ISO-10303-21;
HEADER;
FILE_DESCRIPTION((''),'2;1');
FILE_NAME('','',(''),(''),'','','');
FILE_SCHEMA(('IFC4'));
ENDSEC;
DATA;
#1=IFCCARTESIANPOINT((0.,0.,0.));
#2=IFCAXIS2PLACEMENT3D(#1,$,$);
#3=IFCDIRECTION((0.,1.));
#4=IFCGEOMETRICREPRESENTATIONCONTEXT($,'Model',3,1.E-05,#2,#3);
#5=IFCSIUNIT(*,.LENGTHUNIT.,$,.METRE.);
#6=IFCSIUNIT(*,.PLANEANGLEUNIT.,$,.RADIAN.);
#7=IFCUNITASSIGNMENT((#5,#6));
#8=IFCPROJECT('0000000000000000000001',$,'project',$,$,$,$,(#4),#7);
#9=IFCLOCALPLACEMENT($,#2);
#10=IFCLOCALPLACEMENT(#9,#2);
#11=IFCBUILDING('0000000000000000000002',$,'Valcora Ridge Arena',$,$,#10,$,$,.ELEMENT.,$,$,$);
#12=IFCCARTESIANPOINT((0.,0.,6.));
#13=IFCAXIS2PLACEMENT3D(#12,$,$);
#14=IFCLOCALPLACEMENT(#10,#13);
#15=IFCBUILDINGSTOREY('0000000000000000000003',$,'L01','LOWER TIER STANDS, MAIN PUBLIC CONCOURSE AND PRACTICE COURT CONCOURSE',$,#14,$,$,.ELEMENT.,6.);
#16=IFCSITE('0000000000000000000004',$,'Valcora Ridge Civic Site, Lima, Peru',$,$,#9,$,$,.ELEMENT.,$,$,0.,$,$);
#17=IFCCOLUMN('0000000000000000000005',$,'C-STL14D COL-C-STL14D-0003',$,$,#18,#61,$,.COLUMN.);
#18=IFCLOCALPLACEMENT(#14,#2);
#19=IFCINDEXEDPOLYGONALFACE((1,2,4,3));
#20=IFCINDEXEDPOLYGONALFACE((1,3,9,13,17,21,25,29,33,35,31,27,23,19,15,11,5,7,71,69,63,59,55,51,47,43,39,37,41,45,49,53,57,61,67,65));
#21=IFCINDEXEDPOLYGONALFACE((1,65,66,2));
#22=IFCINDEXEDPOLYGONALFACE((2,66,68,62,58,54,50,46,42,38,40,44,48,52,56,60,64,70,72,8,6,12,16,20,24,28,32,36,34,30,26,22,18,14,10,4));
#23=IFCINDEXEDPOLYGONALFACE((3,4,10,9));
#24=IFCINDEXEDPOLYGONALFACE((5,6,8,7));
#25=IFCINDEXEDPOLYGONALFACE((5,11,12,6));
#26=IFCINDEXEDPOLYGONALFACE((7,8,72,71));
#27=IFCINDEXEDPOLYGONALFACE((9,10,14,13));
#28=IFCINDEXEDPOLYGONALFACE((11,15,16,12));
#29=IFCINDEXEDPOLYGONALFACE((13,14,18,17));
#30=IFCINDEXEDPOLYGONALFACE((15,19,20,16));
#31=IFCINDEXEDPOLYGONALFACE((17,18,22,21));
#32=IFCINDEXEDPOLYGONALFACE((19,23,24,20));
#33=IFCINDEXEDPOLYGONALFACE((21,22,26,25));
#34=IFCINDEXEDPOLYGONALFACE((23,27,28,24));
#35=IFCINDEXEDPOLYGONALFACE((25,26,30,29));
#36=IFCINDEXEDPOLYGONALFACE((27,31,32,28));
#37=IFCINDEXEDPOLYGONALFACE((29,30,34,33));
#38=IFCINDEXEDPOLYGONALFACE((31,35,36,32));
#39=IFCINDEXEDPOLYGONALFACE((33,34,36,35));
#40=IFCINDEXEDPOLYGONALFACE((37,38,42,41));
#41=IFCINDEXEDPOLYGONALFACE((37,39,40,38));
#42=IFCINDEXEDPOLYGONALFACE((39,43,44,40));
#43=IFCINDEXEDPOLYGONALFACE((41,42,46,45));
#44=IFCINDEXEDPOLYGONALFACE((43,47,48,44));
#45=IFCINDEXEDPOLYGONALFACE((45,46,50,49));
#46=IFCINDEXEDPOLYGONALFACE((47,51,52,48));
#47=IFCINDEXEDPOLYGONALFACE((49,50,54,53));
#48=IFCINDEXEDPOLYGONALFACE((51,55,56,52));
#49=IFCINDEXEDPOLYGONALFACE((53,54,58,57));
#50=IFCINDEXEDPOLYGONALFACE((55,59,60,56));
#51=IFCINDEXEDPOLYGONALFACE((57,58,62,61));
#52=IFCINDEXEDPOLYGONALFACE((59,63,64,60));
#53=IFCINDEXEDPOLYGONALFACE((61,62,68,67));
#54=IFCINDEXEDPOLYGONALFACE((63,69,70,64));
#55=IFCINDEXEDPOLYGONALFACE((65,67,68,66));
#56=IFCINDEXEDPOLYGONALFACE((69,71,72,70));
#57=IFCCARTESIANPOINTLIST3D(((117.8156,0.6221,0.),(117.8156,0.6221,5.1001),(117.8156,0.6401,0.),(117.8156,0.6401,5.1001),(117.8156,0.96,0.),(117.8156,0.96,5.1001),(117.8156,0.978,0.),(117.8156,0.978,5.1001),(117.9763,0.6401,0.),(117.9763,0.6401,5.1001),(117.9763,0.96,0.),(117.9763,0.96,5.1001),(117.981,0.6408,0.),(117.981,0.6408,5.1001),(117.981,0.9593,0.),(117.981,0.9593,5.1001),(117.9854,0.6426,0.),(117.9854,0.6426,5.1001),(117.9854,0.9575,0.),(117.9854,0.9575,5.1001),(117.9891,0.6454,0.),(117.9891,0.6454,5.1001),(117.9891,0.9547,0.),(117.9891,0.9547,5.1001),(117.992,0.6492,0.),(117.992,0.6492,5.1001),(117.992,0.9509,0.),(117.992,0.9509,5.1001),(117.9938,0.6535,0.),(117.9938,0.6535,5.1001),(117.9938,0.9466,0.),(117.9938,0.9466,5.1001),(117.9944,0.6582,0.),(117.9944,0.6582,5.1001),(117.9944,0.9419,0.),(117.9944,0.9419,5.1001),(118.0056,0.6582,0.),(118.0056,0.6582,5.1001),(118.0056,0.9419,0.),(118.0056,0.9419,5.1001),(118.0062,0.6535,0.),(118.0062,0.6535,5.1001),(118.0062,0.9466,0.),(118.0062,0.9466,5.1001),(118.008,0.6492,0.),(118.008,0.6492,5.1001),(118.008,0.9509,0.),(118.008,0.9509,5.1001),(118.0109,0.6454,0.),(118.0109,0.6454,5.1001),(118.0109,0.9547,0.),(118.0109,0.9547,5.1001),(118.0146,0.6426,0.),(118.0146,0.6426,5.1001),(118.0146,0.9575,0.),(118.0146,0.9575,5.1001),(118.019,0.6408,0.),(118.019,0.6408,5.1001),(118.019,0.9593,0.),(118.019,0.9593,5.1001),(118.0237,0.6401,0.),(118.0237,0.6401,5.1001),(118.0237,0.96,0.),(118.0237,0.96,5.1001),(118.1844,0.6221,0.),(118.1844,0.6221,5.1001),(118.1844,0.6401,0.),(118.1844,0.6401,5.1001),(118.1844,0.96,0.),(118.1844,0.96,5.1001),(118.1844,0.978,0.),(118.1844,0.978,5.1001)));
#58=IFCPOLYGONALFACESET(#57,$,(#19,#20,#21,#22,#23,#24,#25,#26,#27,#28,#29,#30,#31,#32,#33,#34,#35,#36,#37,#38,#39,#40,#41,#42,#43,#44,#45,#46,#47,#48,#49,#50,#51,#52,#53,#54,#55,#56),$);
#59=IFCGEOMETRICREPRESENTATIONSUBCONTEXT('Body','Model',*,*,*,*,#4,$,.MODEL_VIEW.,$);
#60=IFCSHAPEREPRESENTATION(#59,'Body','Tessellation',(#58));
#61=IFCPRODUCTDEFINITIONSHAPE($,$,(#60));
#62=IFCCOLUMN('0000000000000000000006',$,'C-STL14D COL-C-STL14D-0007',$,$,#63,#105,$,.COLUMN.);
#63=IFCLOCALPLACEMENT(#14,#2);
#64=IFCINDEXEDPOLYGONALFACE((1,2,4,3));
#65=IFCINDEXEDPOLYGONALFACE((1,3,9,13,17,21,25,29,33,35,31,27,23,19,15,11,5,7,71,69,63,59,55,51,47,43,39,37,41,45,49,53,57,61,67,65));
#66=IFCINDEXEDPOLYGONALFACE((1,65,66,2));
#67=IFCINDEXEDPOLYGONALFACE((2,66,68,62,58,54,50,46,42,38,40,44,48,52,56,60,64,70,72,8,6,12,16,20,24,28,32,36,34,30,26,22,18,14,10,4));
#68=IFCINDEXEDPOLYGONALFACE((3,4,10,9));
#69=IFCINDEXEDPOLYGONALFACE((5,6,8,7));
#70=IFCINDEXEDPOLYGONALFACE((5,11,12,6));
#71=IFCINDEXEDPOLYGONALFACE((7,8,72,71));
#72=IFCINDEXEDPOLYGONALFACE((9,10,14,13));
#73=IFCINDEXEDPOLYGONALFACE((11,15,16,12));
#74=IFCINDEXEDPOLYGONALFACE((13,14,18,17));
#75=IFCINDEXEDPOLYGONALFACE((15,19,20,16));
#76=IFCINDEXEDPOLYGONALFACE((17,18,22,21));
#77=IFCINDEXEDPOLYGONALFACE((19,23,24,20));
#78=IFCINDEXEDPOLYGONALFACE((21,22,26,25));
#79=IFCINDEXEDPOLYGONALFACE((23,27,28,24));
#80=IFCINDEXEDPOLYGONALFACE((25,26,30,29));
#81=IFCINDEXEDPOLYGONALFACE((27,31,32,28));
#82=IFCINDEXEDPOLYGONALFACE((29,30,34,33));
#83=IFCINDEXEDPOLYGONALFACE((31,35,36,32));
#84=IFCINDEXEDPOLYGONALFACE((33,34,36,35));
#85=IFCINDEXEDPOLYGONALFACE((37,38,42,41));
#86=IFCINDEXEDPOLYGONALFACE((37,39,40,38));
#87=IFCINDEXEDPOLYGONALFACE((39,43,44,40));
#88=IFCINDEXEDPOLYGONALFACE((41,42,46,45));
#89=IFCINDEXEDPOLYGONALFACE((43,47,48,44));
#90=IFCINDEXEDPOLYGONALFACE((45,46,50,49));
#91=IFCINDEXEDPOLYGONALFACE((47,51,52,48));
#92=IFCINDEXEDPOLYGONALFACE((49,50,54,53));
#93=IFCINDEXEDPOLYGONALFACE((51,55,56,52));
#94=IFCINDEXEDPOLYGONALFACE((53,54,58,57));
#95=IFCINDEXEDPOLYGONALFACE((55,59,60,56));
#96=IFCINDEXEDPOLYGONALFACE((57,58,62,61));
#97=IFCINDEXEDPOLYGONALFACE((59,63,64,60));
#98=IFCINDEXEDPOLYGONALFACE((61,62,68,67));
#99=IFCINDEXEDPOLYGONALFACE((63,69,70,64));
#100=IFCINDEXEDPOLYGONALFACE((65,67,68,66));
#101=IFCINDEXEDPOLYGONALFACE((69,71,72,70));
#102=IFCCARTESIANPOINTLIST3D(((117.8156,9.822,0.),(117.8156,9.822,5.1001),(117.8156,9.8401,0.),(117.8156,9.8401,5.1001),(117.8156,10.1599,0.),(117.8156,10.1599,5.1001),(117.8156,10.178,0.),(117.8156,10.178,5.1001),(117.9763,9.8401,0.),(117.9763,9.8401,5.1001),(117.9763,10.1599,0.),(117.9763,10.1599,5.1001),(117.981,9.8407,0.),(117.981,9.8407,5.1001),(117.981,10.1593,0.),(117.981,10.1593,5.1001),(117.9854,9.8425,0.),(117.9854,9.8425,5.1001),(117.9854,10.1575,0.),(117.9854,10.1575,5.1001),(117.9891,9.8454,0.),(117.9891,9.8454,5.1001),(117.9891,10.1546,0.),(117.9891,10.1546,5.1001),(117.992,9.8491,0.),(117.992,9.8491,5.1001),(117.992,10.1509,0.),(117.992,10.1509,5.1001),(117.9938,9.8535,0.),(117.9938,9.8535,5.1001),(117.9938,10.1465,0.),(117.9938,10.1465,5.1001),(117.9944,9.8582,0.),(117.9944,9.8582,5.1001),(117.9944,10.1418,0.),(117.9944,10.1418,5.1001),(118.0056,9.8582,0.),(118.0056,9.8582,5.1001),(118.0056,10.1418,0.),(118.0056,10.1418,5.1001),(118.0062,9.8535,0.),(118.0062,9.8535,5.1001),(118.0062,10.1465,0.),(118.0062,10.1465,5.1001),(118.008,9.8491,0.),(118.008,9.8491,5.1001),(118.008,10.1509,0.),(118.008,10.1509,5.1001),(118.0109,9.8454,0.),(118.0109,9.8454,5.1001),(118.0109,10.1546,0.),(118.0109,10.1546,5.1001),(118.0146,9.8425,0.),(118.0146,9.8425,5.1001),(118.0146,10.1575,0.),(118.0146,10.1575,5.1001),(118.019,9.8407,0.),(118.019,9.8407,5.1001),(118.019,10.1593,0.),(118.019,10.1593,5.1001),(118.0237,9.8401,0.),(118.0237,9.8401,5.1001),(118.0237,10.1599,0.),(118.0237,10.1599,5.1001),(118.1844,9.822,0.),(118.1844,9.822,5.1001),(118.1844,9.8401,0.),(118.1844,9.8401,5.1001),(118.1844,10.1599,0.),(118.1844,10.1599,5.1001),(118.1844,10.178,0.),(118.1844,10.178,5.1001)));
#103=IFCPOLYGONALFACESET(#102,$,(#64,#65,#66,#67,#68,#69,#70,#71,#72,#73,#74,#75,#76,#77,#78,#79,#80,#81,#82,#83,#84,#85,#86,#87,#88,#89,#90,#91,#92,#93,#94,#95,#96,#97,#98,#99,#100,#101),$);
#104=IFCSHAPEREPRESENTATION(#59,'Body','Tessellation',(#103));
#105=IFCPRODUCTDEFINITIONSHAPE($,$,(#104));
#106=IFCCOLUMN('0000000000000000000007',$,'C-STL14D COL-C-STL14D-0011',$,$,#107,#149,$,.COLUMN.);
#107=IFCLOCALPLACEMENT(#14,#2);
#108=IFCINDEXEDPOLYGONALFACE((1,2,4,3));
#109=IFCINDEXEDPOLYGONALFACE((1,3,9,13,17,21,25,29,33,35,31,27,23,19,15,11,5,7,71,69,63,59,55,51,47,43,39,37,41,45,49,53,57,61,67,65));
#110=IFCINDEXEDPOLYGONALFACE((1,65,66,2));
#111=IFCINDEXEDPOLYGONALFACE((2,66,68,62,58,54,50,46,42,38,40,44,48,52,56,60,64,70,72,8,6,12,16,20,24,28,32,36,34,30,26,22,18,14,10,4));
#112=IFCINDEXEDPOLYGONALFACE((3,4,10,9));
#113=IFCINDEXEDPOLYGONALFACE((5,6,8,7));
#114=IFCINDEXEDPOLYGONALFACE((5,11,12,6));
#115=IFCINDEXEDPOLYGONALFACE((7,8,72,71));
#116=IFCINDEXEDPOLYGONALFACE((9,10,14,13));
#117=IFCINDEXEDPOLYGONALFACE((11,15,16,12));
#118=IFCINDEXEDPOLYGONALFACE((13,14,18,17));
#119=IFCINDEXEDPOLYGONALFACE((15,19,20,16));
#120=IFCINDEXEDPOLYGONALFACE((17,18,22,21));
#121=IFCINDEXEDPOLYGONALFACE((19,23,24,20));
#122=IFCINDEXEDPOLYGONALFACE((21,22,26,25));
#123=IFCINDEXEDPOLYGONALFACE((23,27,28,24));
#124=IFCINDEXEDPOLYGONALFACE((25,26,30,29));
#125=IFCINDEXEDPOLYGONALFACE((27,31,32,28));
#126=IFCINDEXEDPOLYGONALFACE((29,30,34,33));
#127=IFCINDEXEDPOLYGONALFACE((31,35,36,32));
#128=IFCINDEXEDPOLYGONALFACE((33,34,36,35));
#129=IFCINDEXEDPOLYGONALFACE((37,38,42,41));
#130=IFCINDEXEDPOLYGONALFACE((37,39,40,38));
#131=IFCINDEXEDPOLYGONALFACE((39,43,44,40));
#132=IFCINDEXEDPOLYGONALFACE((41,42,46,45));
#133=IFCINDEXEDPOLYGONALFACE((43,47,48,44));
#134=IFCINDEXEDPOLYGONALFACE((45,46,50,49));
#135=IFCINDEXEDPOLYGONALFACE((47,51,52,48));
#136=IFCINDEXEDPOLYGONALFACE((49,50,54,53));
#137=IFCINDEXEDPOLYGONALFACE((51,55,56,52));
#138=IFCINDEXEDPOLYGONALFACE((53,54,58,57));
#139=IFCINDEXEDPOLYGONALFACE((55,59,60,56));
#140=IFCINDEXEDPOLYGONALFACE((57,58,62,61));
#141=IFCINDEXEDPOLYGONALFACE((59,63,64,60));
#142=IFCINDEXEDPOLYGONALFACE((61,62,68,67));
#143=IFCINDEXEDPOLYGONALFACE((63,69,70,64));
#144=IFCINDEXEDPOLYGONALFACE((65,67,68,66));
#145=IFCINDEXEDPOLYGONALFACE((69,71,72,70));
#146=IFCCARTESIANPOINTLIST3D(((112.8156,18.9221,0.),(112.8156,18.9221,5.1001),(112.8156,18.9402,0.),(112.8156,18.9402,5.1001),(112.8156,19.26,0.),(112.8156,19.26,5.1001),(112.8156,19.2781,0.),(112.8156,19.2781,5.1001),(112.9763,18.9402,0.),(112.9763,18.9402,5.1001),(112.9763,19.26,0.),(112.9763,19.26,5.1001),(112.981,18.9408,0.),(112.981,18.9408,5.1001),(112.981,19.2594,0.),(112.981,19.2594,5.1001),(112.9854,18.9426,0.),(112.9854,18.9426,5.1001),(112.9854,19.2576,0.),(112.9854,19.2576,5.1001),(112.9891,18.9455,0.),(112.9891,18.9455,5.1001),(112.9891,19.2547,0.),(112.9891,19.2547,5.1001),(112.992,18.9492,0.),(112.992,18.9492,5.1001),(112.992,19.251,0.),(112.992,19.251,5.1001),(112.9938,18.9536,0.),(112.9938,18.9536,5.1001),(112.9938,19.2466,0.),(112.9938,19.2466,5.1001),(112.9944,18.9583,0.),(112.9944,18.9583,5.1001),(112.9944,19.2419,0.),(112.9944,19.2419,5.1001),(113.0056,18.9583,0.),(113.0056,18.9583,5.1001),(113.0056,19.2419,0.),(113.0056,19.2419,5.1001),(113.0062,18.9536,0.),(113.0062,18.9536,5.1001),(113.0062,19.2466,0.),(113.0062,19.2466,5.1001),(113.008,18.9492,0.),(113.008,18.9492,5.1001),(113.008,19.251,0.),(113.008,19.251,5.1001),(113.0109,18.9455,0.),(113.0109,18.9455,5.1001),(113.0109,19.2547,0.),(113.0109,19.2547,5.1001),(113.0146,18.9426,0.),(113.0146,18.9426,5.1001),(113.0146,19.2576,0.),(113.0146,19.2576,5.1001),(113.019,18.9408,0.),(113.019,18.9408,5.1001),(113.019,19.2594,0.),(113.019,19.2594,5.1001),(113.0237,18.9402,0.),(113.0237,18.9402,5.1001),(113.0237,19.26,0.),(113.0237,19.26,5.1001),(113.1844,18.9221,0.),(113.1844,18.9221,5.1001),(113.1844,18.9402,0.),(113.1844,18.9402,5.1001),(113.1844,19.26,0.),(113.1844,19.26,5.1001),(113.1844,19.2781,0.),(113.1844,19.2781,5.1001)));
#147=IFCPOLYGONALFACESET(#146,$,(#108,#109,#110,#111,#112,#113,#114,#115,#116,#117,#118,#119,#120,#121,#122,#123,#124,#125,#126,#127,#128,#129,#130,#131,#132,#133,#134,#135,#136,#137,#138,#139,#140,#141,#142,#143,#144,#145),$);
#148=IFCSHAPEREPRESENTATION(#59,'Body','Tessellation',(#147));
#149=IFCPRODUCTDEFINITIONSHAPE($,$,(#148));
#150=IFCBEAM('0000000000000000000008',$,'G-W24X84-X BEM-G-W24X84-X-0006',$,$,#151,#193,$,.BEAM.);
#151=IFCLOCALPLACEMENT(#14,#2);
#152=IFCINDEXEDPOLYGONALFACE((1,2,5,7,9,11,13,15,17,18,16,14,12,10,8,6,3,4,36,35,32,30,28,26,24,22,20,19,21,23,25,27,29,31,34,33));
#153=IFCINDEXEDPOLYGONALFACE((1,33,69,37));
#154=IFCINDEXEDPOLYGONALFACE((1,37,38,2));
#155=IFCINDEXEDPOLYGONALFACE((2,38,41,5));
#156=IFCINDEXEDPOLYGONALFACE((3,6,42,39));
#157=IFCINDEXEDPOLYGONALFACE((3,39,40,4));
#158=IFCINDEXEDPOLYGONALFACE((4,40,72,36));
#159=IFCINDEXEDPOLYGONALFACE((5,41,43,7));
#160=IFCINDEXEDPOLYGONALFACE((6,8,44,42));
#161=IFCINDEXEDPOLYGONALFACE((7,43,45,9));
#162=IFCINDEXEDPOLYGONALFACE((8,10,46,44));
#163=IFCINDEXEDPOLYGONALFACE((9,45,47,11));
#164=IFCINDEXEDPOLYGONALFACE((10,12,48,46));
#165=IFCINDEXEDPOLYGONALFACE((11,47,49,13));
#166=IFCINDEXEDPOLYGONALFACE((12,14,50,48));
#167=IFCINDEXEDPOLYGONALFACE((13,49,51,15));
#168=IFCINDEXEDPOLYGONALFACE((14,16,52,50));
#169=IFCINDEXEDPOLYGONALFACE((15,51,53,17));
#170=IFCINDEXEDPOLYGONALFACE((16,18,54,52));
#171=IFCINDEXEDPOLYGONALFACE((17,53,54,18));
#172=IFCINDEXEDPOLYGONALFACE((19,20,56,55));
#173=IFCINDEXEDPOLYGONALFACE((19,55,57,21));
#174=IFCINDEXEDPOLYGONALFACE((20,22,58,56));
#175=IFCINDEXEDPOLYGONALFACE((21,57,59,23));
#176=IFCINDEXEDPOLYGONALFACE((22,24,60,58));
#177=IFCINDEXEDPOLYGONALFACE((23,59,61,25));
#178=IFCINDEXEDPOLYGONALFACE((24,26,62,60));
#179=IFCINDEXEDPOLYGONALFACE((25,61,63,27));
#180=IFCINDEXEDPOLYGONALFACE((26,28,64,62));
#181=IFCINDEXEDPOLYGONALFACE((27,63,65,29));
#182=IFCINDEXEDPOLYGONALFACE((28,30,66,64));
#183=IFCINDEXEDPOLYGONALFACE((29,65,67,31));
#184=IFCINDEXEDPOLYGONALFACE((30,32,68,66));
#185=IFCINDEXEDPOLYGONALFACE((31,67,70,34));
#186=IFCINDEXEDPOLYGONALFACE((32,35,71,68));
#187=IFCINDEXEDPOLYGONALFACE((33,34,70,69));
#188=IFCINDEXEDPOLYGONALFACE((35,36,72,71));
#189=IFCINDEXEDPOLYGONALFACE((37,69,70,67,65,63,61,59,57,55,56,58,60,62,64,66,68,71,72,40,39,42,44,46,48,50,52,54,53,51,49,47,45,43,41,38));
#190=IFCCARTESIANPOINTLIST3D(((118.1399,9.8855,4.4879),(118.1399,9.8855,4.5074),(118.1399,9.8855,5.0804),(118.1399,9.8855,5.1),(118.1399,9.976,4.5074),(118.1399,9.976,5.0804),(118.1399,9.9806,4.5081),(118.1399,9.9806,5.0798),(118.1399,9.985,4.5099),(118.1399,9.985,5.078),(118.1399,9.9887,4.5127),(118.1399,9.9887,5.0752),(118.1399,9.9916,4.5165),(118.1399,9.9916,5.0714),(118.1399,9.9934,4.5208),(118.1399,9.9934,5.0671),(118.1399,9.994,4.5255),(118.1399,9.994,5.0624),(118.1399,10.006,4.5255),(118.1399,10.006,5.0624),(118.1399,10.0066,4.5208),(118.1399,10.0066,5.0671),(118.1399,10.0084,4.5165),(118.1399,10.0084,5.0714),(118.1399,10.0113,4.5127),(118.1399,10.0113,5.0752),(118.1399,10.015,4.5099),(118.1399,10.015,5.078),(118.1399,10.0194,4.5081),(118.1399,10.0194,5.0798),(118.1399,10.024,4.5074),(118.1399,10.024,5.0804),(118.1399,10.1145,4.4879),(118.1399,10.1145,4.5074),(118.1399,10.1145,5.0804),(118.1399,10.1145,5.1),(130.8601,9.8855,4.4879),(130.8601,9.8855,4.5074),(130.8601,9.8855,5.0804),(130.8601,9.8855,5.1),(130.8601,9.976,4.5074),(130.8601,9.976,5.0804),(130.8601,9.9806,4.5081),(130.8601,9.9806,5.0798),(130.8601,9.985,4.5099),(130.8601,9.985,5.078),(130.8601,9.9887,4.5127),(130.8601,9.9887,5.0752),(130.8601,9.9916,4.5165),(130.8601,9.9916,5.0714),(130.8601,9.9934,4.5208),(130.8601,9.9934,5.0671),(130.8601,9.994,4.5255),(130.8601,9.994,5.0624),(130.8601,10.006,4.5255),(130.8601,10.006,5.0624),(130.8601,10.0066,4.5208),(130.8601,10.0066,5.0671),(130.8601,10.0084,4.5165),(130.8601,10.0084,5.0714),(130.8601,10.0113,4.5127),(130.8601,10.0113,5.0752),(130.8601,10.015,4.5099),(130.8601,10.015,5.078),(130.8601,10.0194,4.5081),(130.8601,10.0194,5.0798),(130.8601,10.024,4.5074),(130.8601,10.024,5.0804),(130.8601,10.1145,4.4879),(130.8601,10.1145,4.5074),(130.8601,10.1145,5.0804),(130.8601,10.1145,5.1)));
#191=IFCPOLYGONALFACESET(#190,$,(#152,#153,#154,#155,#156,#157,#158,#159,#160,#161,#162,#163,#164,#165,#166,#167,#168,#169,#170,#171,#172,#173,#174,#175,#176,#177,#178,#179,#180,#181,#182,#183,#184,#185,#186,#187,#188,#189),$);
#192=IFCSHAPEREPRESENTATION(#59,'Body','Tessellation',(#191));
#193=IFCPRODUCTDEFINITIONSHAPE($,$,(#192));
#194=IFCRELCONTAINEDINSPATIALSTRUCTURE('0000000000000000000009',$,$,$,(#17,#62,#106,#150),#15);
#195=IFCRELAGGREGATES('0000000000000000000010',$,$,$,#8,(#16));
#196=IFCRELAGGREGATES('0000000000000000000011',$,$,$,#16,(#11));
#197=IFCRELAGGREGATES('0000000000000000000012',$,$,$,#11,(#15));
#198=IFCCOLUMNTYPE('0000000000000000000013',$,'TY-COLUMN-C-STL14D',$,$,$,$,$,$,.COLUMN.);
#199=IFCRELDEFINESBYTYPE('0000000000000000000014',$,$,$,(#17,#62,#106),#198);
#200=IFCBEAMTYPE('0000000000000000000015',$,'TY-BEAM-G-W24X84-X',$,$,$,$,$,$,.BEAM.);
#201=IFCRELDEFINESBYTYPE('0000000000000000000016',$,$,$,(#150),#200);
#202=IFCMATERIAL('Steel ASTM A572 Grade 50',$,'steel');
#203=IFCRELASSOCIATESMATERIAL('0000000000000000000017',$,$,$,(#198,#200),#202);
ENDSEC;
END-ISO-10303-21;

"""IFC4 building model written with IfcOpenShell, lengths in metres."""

from ifc_helpers import new_model, si_unit, direction, frame, origin, origin_2d, place, context, subcontext, project, spatial, i_section, extrude, material, material_profile, profile_set, type_object, element, save


model = new_model("IFC4")

# Units and contexts
model_context = context("Model", 3, precision=1e-05, world=origin(), true_north=direction((0.0, 1.0)))
body_context = subcontext(model_context, "Body", "Model", "MODEL_VIEW")
ifc_project = project(units=[si_unit("LENGTHUNIT", "METRE"), si_unit("PLANEANGLEUNIT", "RADIAN")], contexts=[model_context])

# Site, building, storey
site_placement = place(None, origin())
site = spatial("IfcSite", under=ifc_project, at=site_placement, Name="Valcora Ridge Civic Site, Lima, Peru", CompositionType="ELEMENT", RefElevation=0.0)
building_placement = place(site_placement, origin())
building = spatial("IfcBuilding", under=site, at=building_placement, Name="Valcora Ridge Arena", CompositionType="ELEMENT")
storey_placement = place(building_placement, frame((0.0, 0.0, 6.0)))
storey = spatial("IfcBuildingStorey", under=building, at=storey_placement, Name="L01", Description="LOWER TIER STANDS, MAIN PUBLIC CONCOURSE AND PRACTICE COURT CONCOURSE", CompositionType="ELEMENT", Elevation=6.0)

# Columns
ifc_material_1 = material(Name="Steel ASTM A572 Grade 50", Category="steel")
ifc_material_profile_1 = material_profile(ifc_material_1, i_section(OverallWidth=0.3689, OverallDepth=0.356, WebThickness=0.0112, FlangeThickness=0.0181, FilletRadius=0.0181, at=origin_2d()), Name="W14X90")
ifc_profile_set_1 = profile_set([ifc_material_profile_1], Name="Steel ASTM A572 Grade 50")
column_type = type_object("IfcColumnType", Name="TY-COLUMN-C-STL14D", PredefinedType="COLUMN", material=ifc_profile_set_1)
for number, where, z_axis, x_axis, name in (
    (1, (118.0, 0.8, 0.0), (0.0, 0.0, 1.0), (1.0, 0.0, 0.0), "C-STL14D COL-C-STL14D-0003"),
    (2, (118.0, 10.0, 0.0), (0.0, 0.0, 1.0), (1.0, 0.0, 0.0), "C-STL14D COL-C-STL14D-0007"),
    (3, (113.0, 19.1001, 0.0), (0.0, 0.0, 1.0), (1.0, 0.0, 0.0), "C-STL14D COL-C-STL14D-0011"),
):
    element("IfcColumn", number, at=place(storey_placement, frame(where, z_axis=z_axis, x_axis=x_axis)), inside=storey, type_object=column_type, Name=name, PredefinedType="COLUMN", context=body_context, shape_type="SweptSolid", body=[
        extrude(i_section(OverallWidth=0.3689, OverallDepth=0.356, WebThickness=0.0112, FlangeThickness=0.0181, FilletRadius=0.0181, at=origin_2d()), origin(), (0.0, 0.0, 1.0), 5.1001),
    ])

# Beam
ifc_material_profile_2 = material_profile(ifc_material_1, i_section(OverallWidth=0.229, OverallDepth=0.6121, WebThickness=0.012, FlangeThickness=0.0195, FilletRadius=0.0181, at=origin_2d()), Name="W24X84")
ifc_profile_set_2 = profile_set([ifc_material_profile_2], Name="Steel ASTM A572 Grade 50")
beam_type_1 = type_object("IfcBeamType", Name="TY-BEAM-G-W24X84-X", PredefinedType="BEAM", material=ifc_profile_set_2)
beam_1_placement = place(storey_placement, frame((118.1399, 10.0, 4.7939), z_axis=(1.0, 0.0, 0.0), x_axis=(0.0, 1.0, 0.0)))
element("IfcBeam", 4, at=beam_1_placement, inside=storey, type_object=beam_type_1, Name="G-W24X84-X BEM-G-W24X84-X-0006", PredefinedType="BEAM", context=body_context, shape_type="SweptSolid", body=[
    extrude(i_section(OverallWidth=0.229, OverallDepth=0.6121, WebThickness=0.012, FlangeThickness=0.0195, FilletRadius=0.0181, at=origin_2d()), origin(), (0.0, 0.0, 1.0), 12.7202),
])

save(model, "model.ifc")
